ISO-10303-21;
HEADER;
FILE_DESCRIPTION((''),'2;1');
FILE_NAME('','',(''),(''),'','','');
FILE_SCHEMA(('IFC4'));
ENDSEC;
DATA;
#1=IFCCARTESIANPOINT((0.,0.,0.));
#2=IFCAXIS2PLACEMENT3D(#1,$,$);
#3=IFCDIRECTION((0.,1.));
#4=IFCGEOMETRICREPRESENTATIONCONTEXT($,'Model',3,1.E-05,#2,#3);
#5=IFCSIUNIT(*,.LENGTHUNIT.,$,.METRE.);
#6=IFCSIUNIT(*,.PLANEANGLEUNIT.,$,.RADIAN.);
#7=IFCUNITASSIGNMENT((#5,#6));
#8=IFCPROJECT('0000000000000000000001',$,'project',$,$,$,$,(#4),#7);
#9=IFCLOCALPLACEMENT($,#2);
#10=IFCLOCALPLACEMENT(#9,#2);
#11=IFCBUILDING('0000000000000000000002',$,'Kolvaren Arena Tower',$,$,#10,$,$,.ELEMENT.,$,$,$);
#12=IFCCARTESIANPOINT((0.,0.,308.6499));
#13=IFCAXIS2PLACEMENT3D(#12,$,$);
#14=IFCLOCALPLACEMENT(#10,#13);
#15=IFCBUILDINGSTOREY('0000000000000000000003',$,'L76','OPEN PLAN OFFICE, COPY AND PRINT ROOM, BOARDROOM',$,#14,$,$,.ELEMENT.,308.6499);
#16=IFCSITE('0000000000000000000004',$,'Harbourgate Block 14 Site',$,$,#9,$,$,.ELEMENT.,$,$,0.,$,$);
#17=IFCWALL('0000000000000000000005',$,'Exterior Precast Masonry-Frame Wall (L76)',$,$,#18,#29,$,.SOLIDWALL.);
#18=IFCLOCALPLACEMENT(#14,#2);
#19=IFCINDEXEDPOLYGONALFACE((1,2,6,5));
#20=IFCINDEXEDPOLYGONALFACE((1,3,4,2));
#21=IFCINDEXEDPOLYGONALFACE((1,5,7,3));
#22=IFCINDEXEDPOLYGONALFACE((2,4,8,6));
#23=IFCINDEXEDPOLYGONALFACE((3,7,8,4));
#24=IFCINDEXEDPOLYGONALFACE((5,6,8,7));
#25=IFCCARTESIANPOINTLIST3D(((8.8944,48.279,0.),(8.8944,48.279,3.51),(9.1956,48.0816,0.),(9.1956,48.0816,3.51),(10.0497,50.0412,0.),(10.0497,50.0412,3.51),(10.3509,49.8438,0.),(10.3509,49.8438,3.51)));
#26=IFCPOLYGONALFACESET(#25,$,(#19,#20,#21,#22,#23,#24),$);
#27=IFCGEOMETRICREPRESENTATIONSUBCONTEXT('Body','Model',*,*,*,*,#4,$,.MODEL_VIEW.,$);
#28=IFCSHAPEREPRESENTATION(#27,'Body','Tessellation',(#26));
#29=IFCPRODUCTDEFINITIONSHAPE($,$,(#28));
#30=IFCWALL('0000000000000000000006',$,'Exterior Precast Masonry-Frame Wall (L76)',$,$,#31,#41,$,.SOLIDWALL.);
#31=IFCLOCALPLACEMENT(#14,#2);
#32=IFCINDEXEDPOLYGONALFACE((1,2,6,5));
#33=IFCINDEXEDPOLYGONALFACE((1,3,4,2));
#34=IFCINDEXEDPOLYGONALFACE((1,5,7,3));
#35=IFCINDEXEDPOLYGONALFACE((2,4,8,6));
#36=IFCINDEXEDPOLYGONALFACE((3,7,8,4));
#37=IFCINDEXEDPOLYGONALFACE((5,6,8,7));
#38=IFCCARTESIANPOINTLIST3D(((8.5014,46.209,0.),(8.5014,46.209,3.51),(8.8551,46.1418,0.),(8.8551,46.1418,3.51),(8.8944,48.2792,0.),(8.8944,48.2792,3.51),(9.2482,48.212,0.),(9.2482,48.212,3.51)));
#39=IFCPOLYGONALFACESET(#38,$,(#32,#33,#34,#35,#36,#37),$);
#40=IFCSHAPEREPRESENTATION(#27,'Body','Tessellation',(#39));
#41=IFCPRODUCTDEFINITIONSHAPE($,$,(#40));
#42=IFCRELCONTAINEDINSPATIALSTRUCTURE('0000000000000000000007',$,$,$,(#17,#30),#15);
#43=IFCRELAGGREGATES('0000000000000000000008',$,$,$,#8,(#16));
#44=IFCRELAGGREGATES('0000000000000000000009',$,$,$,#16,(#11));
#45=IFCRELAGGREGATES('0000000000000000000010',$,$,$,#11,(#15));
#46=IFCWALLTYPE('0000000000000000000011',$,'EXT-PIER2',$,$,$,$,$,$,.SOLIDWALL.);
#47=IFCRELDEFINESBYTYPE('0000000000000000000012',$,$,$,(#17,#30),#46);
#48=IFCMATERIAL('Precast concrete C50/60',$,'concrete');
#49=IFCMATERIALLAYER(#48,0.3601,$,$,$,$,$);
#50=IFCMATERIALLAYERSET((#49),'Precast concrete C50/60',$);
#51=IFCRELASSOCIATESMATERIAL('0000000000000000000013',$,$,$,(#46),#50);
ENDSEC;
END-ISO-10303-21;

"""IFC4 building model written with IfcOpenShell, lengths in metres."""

from ifc_helpers import new_model, si_unit, direction, frame, frame_2d, origin, place, context, subcontext, project, spatial, rectangle, extrude, material, layer, layer_set, type_object, element, save


model = new_model("IFC4")

# Units and contexts
model_context = context("Model", 3, precision=1e-05, world=origin(), true_north=direction((0.0, 1.0)))
body_context = subcontext(model_context, "Body", "Model", "MODEL_VIEW")
ifc_project = project(units=[si_unit("LENGTHUNIT", "METRE"), si_unit("PLANEANGLEUNIT", "RADIAN")], contexts=[model_context])

# Site, building, storey
site_placement = place(None, origin())
site = spatial("IfcSite", under=ifc_project, at=site_placement, Name="Harbourgate Block 14 Site", CompositionType="ELEMENT", RefElevation=0.0)
building_placement = place(site_placement, origin())
building = spatial("IfcBuilding", under=site, at=building_placement, Name="Kolvaren Arena Tower", CompositionType="ELEMENT")
storey_placement = place(building_placement, frame((0.0, 0.0, 308.6499)))
storey = spatial("IfcBuildingStorey", under=building, at=storey_placement, Name="L76", Description="OPEN PLAN OFFICE, COPY AND PRINT ROOM, BOARDROOM", CompositionType="ELEMENT", Elevation=308.6499)

# Shared definitions
ifc_material_1 = material(Name="Precast concrete C50/60", Category="concrete")

# Shared definitions
ifc_layer = layer(ifc_material_1, 0.3601)
ifc_layer_set = layer_set([ifc_layer], Name="Precast concrete C50/60")
wall_type = type_object("IfcWallType", Name="EXT-PIER2", PredefinedType="SOLIDWALL", material=ifc_layer_set)

# Walls
for number, where, z_axis, x_axis, name in (
    (1, (9.0449, 48.1802, 0.0), (0.0, 0.0, 1.0), (0.548267, 0.836304, 0.0), "Exterior Precast Masonry-Frame Wall (L76)"),
    (2, (8.6782, 46.1753, 0.0), (0.0, 0.0, 1.0), (0.186548, 0.982446, 0.0), "Exterior Precast Masonry-Frame Wall (L76)"),
):
    element("IfcWall", number, at=place(storey_placement, frame(where, z_axis=z_axis, x_axis=x_axis)), inside=storey, type_object=wall_type, Name=name, PredefinedType="SOLIDWALL", context=body_context, shape_type="SweptSolid", body=[
        extrude(rectangle(XDim=2.1072, YDim=0.3601, at=frame_2d((1.0537, 0.0))), origin(), (0.0, 0.0, 1.0), 3.51),
    ])

save(model, "model.ifc")
